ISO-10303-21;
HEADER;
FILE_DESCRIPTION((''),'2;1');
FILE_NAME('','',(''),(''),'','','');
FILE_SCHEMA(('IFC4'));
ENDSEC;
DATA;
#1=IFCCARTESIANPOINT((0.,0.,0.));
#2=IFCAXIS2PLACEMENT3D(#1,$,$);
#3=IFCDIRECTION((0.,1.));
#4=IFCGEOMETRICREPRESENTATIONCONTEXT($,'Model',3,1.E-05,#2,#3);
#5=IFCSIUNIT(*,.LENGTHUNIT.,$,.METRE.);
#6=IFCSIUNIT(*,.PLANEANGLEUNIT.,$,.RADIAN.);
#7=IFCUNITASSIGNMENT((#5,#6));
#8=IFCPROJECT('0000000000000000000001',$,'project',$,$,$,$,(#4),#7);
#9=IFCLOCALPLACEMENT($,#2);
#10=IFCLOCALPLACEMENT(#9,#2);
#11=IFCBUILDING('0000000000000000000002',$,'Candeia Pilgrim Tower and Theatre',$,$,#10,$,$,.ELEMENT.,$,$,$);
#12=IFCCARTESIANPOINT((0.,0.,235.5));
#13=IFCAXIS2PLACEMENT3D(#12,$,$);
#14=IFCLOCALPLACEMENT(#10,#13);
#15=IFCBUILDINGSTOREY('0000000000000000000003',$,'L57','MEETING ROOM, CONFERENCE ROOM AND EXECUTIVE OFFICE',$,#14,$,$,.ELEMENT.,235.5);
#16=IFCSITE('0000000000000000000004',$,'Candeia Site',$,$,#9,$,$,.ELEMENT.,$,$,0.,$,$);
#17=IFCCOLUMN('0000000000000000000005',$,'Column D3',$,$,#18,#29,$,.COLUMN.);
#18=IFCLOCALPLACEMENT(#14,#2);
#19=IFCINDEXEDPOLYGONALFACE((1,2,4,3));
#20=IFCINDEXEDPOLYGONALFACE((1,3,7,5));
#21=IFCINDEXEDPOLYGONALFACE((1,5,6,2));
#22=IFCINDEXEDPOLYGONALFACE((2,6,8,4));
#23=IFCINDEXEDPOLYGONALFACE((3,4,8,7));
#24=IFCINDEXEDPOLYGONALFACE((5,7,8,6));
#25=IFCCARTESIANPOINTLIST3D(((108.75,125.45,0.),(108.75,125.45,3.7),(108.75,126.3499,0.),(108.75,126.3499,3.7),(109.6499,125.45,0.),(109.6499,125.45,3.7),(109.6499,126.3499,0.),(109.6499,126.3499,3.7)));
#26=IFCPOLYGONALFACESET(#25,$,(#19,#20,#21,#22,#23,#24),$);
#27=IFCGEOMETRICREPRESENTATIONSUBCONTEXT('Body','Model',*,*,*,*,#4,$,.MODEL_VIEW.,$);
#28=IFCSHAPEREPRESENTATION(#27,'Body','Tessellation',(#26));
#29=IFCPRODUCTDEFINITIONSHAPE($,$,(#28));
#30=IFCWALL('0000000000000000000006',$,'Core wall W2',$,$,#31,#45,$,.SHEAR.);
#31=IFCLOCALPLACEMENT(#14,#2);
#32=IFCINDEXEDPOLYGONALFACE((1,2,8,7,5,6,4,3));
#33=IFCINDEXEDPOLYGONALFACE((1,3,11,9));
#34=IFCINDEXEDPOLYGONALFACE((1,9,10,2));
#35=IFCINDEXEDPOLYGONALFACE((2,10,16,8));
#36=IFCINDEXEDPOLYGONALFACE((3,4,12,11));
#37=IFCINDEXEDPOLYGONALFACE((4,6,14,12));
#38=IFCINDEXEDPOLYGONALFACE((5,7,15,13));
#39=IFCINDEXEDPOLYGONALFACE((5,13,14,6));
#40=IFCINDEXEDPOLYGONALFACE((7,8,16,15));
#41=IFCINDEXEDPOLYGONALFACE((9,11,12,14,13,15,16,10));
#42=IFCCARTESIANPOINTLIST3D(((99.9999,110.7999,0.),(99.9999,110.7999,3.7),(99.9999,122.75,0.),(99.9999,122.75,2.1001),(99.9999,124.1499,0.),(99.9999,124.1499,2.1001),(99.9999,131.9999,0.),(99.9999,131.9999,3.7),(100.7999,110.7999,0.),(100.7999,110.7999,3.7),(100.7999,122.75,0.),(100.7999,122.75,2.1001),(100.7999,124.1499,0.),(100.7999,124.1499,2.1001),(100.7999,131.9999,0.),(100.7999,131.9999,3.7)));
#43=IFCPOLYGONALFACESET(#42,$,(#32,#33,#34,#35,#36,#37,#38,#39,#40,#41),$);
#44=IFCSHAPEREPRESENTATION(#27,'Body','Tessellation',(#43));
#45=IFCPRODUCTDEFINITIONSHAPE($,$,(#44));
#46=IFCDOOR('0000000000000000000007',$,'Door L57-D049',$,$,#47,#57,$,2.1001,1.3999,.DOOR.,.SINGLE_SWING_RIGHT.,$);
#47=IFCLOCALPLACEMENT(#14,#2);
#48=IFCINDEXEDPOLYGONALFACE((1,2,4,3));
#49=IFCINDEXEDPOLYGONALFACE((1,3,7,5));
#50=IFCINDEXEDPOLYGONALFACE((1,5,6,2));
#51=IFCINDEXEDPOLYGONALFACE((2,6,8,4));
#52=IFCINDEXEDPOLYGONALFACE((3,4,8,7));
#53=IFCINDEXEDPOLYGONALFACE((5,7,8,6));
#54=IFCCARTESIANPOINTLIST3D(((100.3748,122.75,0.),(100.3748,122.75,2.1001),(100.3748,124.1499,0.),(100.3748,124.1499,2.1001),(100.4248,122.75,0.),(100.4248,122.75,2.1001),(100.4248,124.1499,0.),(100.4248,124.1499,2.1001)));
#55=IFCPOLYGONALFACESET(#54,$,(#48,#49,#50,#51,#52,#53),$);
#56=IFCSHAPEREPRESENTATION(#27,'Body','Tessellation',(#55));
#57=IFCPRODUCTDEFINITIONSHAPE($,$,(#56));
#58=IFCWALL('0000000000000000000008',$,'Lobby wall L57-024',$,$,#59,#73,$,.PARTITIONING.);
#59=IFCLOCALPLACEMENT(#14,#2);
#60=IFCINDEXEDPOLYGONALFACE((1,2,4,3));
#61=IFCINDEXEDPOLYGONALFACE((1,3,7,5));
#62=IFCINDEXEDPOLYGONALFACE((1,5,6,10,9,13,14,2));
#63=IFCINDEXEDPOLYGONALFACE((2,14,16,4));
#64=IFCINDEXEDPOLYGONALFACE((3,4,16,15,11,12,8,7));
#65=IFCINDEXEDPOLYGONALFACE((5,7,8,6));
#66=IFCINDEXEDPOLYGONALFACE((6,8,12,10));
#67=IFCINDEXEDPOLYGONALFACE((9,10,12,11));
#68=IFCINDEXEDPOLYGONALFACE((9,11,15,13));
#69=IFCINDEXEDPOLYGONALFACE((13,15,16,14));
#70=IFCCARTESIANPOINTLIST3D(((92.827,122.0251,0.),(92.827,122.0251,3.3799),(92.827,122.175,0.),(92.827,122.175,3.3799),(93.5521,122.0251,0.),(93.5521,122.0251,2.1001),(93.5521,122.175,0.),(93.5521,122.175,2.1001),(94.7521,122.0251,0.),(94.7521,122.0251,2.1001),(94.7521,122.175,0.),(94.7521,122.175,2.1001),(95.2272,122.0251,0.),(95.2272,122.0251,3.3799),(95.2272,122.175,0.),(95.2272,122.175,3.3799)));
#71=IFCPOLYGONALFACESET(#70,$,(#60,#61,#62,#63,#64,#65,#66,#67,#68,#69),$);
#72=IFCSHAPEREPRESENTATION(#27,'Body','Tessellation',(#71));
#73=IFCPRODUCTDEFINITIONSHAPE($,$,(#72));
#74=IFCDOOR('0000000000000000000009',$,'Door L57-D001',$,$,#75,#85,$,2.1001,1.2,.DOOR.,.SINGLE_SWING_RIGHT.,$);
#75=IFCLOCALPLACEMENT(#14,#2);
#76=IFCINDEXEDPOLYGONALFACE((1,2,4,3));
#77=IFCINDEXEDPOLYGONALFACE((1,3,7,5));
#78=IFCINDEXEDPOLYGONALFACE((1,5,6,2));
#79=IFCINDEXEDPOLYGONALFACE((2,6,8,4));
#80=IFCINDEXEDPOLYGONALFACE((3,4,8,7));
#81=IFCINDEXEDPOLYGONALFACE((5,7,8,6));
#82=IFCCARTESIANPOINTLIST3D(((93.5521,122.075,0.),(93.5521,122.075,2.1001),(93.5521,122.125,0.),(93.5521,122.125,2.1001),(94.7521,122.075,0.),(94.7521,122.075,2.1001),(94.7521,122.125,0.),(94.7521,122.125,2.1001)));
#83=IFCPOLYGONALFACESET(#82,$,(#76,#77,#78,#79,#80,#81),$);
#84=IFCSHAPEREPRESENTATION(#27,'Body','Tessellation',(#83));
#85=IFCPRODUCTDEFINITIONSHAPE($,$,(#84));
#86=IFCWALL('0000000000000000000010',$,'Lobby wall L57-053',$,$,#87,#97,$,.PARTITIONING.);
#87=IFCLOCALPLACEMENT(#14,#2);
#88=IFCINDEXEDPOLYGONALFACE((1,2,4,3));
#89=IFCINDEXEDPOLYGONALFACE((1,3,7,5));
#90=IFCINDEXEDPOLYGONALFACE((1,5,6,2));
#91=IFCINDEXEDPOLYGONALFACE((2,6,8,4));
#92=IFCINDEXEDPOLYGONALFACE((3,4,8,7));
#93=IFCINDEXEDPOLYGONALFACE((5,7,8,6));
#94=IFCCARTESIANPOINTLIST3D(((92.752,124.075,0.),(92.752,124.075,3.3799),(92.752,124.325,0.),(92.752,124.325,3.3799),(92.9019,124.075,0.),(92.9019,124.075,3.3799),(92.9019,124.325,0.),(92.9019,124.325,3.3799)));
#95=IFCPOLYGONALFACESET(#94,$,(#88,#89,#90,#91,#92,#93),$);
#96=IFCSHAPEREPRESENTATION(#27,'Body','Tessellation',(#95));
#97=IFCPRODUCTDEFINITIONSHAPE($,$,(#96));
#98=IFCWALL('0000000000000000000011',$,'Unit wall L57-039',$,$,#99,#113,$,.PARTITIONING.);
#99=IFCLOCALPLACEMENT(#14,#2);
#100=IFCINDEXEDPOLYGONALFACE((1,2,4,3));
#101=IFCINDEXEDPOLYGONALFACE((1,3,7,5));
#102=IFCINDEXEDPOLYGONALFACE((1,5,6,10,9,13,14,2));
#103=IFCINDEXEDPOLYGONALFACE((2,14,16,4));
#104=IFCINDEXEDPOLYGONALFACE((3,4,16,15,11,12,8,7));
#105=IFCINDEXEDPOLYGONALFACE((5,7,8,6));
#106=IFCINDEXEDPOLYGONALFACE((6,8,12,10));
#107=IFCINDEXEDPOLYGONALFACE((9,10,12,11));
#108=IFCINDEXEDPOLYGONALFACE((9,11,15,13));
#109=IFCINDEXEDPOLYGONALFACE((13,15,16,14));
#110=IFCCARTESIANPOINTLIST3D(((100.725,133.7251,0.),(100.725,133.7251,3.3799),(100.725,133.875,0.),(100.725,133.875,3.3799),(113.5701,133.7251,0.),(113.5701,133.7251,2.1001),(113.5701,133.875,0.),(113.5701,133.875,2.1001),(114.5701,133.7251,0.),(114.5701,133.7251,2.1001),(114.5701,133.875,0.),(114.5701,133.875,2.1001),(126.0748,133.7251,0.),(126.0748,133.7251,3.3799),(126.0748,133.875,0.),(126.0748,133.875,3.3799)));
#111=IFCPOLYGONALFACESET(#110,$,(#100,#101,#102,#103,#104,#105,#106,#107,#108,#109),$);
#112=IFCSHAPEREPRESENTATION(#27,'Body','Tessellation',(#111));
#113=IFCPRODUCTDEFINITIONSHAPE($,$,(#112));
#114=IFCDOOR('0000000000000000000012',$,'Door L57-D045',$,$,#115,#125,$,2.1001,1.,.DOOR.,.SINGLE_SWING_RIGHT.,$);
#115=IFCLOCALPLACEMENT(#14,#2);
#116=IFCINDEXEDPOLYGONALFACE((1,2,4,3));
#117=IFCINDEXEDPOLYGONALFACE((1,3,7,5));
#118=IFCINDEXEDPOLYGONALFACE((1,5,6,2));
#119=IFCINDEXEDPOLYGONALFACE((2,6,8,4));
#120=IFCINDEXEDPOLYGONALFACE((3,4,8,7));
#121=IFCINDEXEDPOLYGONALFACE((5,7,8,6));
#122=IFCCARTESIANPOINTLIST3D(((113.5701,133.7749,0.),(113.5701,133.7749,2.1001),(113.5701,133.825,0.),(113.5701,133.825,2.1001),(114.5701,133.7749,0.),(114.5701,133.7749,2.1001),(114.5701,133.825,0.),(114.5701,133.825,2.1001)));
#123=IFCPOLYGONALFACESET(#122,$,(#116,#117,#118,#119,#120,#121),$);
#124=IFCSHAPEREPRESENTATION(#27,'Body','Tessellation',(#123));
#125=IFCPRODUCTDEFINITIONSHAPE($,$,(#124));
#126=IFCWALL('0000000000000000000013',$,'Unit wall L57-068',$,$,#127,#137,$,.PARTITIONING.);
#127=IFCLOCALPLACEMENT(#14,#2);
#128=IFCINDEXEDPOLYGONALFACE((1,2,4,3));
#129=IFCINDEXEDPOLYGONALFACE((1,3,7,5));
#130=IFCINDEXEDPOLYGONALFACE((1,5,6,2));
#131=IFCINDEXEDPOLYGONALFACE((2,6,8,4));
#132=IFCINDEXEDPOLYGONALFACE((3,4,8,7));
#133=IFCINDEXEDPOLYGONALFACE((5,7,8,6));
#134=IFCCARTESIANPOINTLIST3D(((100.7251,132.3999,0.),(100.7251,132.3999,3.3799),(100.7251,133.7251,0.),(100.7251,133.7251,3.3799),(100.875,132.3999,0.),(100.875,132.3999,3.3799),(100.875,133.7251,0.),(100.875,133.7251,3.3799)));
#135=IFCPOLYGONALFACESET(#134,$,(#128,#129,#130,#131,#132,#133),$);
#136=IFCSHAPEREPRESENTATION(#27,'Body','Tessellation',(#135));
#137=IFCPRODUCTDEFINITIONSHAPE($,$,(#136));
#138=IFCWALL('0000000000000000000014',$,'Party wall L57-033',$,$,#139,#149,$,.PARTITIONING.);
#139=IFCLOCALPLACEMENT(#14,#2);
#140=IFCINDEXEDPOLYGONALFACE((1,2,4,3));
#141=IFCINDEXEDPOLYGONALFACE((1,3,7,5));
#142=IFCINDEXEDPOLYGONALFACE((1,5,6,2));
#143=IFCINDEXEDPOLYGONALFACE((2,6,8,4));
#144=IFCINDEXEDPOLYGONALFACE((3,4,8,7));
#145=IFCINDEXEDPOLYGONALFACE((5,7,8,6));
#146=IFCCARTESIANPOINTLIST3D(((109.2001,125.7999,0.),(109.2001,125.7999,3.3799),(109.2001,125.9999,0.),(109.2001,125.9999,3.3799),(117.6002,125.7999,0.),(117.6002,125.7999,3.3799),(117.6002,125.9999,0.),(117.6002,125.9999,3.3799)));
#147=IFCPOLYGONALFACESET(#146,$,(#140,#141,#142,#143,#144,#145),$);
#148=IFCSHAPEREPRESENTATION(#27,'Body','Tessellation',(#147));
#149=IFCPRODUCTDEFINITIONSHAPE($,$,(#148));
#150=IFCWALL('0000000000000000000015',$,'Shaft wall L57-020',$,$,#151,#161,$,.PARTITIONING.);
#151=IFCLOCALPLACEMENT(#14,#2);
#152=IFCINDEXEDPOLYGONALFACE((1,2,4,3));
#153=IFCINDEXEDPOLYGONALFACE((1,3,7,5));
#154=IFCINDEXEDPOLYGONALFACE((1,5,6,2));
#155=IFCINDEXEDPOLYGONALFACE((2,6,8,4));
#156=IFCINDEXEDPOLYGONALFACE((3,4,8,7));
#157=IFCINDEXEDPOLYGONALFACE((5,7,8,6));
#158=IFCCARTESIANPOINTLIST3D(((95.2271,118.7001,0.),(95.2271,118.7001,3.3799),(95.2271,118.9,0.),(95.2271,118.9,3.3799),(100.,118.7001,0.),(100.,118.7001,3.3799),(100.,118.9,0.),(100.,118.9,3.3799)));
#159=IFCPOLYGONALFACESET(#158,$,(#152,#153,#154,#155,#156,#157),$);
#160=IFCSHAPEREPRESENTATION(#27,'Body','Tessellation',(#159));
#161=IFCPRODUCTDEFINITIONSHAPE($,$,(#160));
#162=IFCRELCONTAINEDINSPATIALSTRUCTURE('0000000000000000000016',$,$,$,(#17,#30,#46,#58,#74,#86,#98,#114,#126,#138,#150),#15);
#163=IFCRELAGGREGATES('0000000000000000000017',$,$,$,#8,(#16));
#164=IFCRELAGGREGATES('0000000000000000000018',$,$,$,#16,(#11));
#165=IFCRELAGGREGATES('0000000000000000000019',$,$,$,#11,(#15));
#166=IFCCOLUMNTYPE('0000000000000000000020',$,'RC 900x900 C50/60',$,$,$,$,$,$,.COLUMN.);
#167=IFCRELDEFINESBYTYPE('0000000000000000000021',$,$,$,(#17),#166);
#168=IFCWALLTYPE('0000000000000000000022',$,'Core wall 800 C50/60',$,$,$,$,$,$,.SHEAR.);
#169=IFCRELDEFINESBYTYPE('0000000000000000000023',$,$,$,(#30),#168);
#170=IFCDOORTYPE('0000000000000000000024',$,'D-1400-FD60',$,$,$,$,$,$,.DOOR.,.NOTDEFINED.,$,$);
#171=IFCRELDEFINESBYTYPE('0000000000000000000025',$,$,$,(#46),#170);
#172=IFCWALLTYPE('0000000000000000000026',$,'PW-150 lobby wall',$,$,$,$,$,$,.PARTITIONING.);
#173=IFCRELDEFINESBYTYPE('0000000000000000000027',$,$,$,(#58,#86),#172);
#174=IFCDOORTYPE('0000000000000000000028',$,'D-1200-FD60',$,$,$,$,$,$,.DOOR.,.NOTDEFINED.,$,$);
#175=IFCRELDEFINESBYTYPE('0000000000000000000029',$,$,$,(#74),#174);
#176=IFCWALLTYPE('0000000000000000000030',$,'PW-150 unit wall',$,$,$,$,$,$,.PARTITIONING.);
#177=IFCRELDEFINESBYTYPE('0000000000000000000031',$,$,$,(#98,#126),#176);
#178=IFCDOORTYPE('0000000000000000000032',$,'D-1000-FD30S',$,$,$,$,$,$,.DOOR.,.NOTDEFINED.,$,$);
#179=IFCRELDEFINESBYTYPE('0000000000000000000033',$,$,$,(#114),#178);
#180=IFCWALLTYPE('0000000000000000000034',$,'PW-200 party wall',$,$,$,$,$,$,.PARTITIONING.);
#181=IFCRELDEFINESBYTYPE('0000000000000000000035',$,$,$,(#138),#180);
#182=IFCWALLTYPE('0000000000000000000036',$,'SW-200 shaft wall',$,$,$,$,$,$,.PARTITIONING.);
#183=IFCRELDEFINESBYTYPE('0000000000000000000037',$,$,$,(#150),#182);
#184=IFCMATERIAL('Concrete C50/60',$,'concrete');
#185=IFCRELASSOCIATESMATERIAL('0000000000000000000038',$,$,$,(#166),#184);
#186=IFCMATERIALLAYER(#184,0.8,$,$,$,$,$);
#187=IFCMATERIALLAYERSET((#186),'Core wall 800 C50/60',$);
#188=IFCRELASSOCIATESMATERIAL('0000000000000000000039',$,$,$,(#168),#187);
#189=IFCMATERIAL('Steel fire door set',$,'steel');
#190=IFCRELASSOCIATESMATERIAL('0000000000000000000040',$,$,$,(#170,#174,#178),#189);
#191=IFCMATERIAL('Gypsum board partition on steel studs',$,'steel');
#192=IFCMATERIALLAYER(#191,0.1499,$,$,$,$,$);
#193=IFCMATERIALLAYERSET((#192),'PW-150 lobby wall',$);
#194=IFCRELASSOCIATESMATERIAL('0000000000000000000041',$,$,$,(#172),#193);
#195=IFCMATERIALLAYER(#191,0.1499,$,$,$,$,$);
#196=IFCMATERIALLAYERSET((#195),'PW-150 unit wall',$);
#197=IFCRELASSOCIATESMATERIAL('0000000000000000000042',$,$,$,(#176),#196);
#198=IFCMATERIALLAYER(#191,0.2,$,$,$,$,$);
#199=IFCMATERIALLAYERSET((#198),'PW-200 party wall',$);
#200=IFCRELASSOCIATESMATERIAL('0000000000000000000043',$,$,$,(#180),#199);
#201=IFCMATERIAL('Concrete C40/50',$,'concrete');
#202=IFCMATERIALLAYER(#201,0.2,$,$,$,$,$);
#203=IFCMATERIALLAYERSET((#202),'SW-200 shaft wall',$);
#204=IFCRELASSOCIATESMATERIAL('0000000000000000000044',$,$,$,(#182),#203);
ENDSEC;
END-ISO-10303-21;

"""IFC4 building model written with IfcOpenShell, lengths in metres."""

from ifc_helpers import new_model, si_unit, direction, frame, frame_2d, origin, origin_2d, place, context, subcontext, project, spatial, rectangle, extrude, material, layer, layer_set, material_profile, profile_set, type_object, element, fill, save


model = new_model("IFC4")

# Units and contexts
model_context = context("Model", 3, precision=1e-05, world=origin(), true_north=direction((0.0, 1.0)))
body_context = subcontext(model_context, "Body", "Model", "MODEL_VIEW")
ifc_project = project(units=[si_unit("LENGTHUNIT", "METRE"), si_unit("PLANEANGLEUNIT", "RADIAN")], contexts=[model_context])

# Site, building, storey
site_placement = place(None, origin())
site = spatial("IfcSite", under=ifc_project, at=site_placement, Name="Candeia Site", CompositionType="ELEMENT", RefElevation=0.0)
building_placement = place(site_placement, origin())
building = spatial("IfcBuilding", under=site, at=building_placement, Name="Candeia Pilgrim Tower and Theatre", CompositionType="ELEMENT")
storey_placement = place(building_placement, frame((0.0, 0.0, 235.5)))
storey = spatial("IfcBuildingStorey", under=building, at=storey_placement, Name="L57", Description="MEETING ROOM, CONFERENCE ROOM AND EXECUTIVE OFFICE", CompositionType="ELEMENT", Elevation=235.5)

# Column
ifc_material_1 = material(Name="Concrete C50/60", Category="concrete")
ifc_material_profile = material_profile(ifc_material_1, rectangle(XDim=0.8999, YDim=0.8999, at=origin_2d()))
ifc_profile_set = profile_set([ifc_material_profile], Name="Concrete C50/60")
column_type = type_object("IfcColumnType", Name="RC 900x900 C50/60", PredefinedType="COLUMN", material=ifc_profile_set)
column_placement = place(storey_placement, frame((109.2, 125.8999, 0.0), z_axis=(0.0, 0.0, 1.0), x_axis=(1.0, 0.0, 0.0)))
element("IfcColumn", 1, at=column_placement, inside=storey, type_object=column_type, Name="Column D3", PredefinedType="COLUMN", context=body_context, shape_type="SweptSolid", body=[
    extrude(rectangle(XDim=0.8999, YDim=0.8999, at=origin_2d()), origin(), (0.0, 0.0, 1.0), 3.7),
])

# Walls, openings, doors
ifc_layer_1 = layer(ifc_material_1, 0.8)
ifc_layer_set_1 = layer_set([ifc_layer_1], Name="Core wall 800 C50/60")
wall_type_1 = type_object("IfcWallType", Name="Core wall 800 C50/60", PredefinedType="SHEAR", material=ifc_layer_set_1)
wall_1_placement = place(storey_placement, frame((100.3999, 132.0, 0.0), z_axis=(0.0, 0.0, 1.0), x_axis=(0.0, -1.0, 0.0)))
wall_1 = element("IfcWall", 2, at=wall_1_placement, inside=storey, type_object=wall_type_1, Name="Core wall W2", PredefinedType="SHEAR", context=body_context, shape_type="SweptSolid", body=[
    extrude(rectangle(XDim=21.2, YDim=0.8, at=frame_2d((10.6001, 0.0))), origin(), (0.0, 0.0, 1.0), 3.7),
])
opening_1_placement = place(wall_1_placement, frame((7.8501, 0.0, 0.0)))
opening_1 = element("IfcOpeningElement", 3, at=opening_1_placement, cuts=wall_1, PredefinedType="OPENING", context=body_context, shape_type="SweptSolid", body=[
    extrude(rectangle(XDim=1.3999, YDim=2.1001, at=frame_2d((0.7, 1.05))), frame((0.0, 0.4102, 0.0), z_axis=(0.0, -1.0, 0.0), x_axis=(1.0, 0.0, 0.0)), (0.0, 0.0, 1.0), 0.8201),
])
ifc_material_2 = material(Name="Steel fire door set", Category="steel")
door_type_1 = type_object("IfcDoorType", Name="D-1400-FD60", OperationType="NOTDEFINED", PredefinedType="DOOR", material=ifc_material_2)
door_1_placement = place(opening_1_placement, origin())
door_1 = element("IfcDoor", 4, at=door_1_placement, inside=storey, type_object=door_type_1, Name="Door L57-D049", OperationType="SINGLE_SWING_RIGHT", OverallHeight=2.1001, OverallWidth=1.3999, PredefinedType="DOOR", context=body_context, shape_type="SweptSolid", body=[
    extrude(rectangle(XDim=1.3999, YDim=2.1001, at=frame_2d((0.7, 1.05))), frame((0.0, 0.0249, 0.0), z_axis=(0.0, -1.0, 0.0), x_axis=(1.0, 0.0, 0.0)), (0.0, 0.0, 1.0), 0.05),
])
fill(opening_1, door_1)
ifc_material_3 = material(Name="Gypsum board partition on steel studs", Category="steel")
ifc_layer_2 = layer(ifc_material_3, 0.1499)
ifc_layer_set_2 = layer_set([ifc_layer_2], Name="PW-150 lobby wall")
wall_type_2 = type_object("IfcWallType", Name="PW-150 lobby wall", PredefinedType="PARTITIONING", material=ifc_layer_set_2)
wall_2_placement = place(storey_placement, frame((92.8269, 122.1001, 0.0), z_axis=(0.0, 0.0, 1.0), x_axis=(1.0, 0.0, 0.0)))
wall_2 = element("IfcWall", 5, at=wall_2_placement, inside=storey, type_object=wall_type_2, Name="Lobby wall L57-024", PredefinedType="PARTITIONING", context=body_context, shape_type="SweptSolid", body=[
    extrude(rectangle(XDim=2.4001, YDim=0.1499, at=frame_2d((1.2002, 0.0))), origin(), (0.0, 0.0, 1.0), 3.3799),
])
opening_2_placement = place(wall_2_placement, frame((0.7251, 0.0, 0.0)))
opening_2 = element("IfcOpeningElement", 6, at=opening_2_placement, cuts=wall_2, PredefinedType="OPENING", context=body_context, shape_type="SweptSolid", body=[
    extrude(rectangle(XDim=1.2, YDim=2.1001, at=frame_2d((0.6001, 1.05))), frame((0.0, 0.085, 0.0), z_axis=(0.0, -1.0, 0.0), x_axis=(1.0, 0.0, 0.0)), (0.0, 0.0, 1.0), 0.1699),
])
door_type_2 = type_object("IfcDoorType", Name="D-1200-FD60", OperationType="NOTDEFINED", PredefinedType="DOOR", material=ifc_material_2)
door_2_placement = place(opening_2_placement, origin())
door_2 = element("IfcDoor", 7, at=door_2_placement, inside=storey, type_object=door_type_2, Name="Door L57-D001", OperationType="SINGLE_SWING_RIGHT", OverallHeight=2.1001, OverallWidth=1.2, PredefinedType="DOOR", context=body_context, shape_type="SweptSolid", body=[
    extrude(rectangle(XDim=1.2, YDim=2.1001, at=frame_2d((0.6001, 1.05))), frame((0.0, 0.0249, 0.0), z_axis=(0.0, -1.0, 0.0), x_axis=(1.0, 0.0, 0.0)), (0.0, 0.0, 1.0), 0.05),
])
fill(opening_2, door_2)

# Wall
wall_3_placement = place(storey_placement, frame((92.8269, 124.075, 0.0), z_axis=(0.0, 0.0, 1.0), x_axis=(0.0, 1.0, 0.0)))
element("IfcWall", 8, at=wall_3_placement, inside=storey, type_object=wall_type_2, Name="Lobby wall L57-053", PredefinedType="PARTITIONING", context=body_context, shape_type="SweptSolid", body=[
    extrude(rectangle(XDim=0.25, YDim=0.1499, at=frame_2d((0.125, 0.0))), origin(), (0.0, 0.0, 1.0), 3.3799),
])

# Wall, opening, door
ifc_layer_3 = layer(ifc_material_3, 0.1499)
ifc_layer_set_3 = layer_set([ifc_layer_3], Name="PW-150 unit wall")
wall_type_3 = type_object("IfcWallType", Name="PW-150 unit wall", PredefinedType="PARTITIONING", material=ifc_layer_set_3)
wall_4_placement = place(storey_placement, frame((100.7251, 133.8, 0.0), z_axis=(0.0, 0.0, 1.0), x_axis=(1.0, 0.0, 0.0)))
wall_4 = element("IfcWall", 9, at=wall_4_placement, inside=storey, type_object=wall_type_3, Name="Unit wall L57-039", PredefinedType="PARTITIONING", context=body_context, shape_type="SweptSolid", body=[
    extrude(rectangle(XDim=25.3499, YDim=0.1499, at=frame_2d((12.6748, 0.0))), origin(), (0.0, 0.0, 1.0), 3.3799),
])
opening_3_placement = place(wall_4_placement, frame((12.845, 0.0, 0.0)))
opening_3 = element("IfcOpeningElement", 10, at=opening_3_placement, cuts=wall_4, PredefinedType="OPENING", context=body_context, shape_type="SweptSolid", body=[
    extrude(rectangle(XDim=1.0, YDim=2.1001, at=frame_2d((0.5, 1.05))), frame((0.0, 0.085, 0.0), z_axis=(0.0, -1.0, 0.0), x_axis=(1.0, 0.0, 0.0)), (0.0, 0.0, 1.0), 0.1699),
])
door_type_3 = type_object("IfcDoorType", Name="D-1000-FD30S", OperationType="NOTDEFINED", PredefinedType="DOOR", material=ifc_material_2)
door_3_placement = place(opening_3_placement, origin())
door_3 = element("IfcDoor", 11, at=door_3_placement, inside=storey, type_object=door_type_3, Name="Door L57-D045", OperationType="SINGLE_SWING_RIGHT", OverallHeight=2.1001, OverallWidth=1.0, PredefinedType="DOOR", context=body_context, shape_type="SweptSolid", body=[
    extrude(rectangle(XDim=1.0, YDim=2.1001, at=frame_2d((0.5, 1.05))), frame((0.0, 0.0249, 0.0), z_axis=(0.0, -1.0, 0.0), x_axis=(1.0, 0.0, 0.0)), (0.0, 0.0, 1.0), 0.05),
])
fill(opening_3, door_3)

# Walls
wall_5_placement = place(storey_placement, frame((100.8, 132.3999, 0.0), z_axis=(0.0, 0.0, 1.0), x_axis=(0.0, 1.0, 0.0)))
element("IfcWall", 12, at=wall_5_placement, inside=storey, type_object=wall_type_3, Name="Unit wall L57-068", PredefinedType="PARTITIONING", context=body_context, shape_type="SweptSolid", body=[
    extrude(rectangle(XDim=1.3252, YDim=0.1499, at=frame_2d((0.6626, 0.0))), origin(), (0.0, 0.0, 1.0), 3.3799),
])
ifc_layer_4 = layer(ifc_material_3, 0.2)
ifc_layer_set_4 = layer_set([ifc_layer_4], Name="PW-200 party wall")
wall_type_4 = type_object("IfcWallType", Name="PW-200 party wall", PredefinedType="PARTITIONING", material=ifc_layer_set_4)
wall_6_placement = place(storey_placement, frame((109.2, 125.8999, 0.0), z_axis=(0.0, 0.0, 1.0), x_axis=(1.0, 0.0, 0.0)))
element("IfcWall", 13, at=wall_6_placement, inside=storey, type_object=wall_type_4, Name="Party wall L57-033", PredefinedType="PARTITIONING", context=body_context, shape_type="SweptSolid", body=[
    extrude(rectangle(XDim=8.4001, YDim=0.2, at=frame_2d((4.2002, 0.0))), origin(), (0.0, 0.0, 1.0), 3.3799),
])
ifc_material_4 = material(Name="Concrete C40/50", Category="concrete")
ifc_layer_5 = layer(ifc_material_4, 0.2)
ifc_layer_set_5 = layer_set([ifc_layer_5], Name="SW-200 shaft wall")
wall_type_5 = type_object("IfcWallType", Name="SW-200 shaft wall", PredefinedType="PARTITIONING", material=ifc_layer_set_5)
wall_7_placement = place(storey_placement, frame((95.2271, 118.8, 0.0), z_axis=(0.0, 0.0, 1.0), x_axis=(1.0, 0.0, 0.0)))
element("IfcWall", 14, at=wall_7_placement, inside=storey, type_object=wall_type_5, Name="Shaft wall L57-020", PredefinedType="PARTITIONING", context=body_context, shape_type="SweptSolid", body=[
    extrude(rectangle(XDim=4.7729, YDim=0.2, at=frame_2d((2.3865, 0.0))), origin(), (0.0, 0.0, 1.0), 3.3799),
])

save(model, "model.ifc")
